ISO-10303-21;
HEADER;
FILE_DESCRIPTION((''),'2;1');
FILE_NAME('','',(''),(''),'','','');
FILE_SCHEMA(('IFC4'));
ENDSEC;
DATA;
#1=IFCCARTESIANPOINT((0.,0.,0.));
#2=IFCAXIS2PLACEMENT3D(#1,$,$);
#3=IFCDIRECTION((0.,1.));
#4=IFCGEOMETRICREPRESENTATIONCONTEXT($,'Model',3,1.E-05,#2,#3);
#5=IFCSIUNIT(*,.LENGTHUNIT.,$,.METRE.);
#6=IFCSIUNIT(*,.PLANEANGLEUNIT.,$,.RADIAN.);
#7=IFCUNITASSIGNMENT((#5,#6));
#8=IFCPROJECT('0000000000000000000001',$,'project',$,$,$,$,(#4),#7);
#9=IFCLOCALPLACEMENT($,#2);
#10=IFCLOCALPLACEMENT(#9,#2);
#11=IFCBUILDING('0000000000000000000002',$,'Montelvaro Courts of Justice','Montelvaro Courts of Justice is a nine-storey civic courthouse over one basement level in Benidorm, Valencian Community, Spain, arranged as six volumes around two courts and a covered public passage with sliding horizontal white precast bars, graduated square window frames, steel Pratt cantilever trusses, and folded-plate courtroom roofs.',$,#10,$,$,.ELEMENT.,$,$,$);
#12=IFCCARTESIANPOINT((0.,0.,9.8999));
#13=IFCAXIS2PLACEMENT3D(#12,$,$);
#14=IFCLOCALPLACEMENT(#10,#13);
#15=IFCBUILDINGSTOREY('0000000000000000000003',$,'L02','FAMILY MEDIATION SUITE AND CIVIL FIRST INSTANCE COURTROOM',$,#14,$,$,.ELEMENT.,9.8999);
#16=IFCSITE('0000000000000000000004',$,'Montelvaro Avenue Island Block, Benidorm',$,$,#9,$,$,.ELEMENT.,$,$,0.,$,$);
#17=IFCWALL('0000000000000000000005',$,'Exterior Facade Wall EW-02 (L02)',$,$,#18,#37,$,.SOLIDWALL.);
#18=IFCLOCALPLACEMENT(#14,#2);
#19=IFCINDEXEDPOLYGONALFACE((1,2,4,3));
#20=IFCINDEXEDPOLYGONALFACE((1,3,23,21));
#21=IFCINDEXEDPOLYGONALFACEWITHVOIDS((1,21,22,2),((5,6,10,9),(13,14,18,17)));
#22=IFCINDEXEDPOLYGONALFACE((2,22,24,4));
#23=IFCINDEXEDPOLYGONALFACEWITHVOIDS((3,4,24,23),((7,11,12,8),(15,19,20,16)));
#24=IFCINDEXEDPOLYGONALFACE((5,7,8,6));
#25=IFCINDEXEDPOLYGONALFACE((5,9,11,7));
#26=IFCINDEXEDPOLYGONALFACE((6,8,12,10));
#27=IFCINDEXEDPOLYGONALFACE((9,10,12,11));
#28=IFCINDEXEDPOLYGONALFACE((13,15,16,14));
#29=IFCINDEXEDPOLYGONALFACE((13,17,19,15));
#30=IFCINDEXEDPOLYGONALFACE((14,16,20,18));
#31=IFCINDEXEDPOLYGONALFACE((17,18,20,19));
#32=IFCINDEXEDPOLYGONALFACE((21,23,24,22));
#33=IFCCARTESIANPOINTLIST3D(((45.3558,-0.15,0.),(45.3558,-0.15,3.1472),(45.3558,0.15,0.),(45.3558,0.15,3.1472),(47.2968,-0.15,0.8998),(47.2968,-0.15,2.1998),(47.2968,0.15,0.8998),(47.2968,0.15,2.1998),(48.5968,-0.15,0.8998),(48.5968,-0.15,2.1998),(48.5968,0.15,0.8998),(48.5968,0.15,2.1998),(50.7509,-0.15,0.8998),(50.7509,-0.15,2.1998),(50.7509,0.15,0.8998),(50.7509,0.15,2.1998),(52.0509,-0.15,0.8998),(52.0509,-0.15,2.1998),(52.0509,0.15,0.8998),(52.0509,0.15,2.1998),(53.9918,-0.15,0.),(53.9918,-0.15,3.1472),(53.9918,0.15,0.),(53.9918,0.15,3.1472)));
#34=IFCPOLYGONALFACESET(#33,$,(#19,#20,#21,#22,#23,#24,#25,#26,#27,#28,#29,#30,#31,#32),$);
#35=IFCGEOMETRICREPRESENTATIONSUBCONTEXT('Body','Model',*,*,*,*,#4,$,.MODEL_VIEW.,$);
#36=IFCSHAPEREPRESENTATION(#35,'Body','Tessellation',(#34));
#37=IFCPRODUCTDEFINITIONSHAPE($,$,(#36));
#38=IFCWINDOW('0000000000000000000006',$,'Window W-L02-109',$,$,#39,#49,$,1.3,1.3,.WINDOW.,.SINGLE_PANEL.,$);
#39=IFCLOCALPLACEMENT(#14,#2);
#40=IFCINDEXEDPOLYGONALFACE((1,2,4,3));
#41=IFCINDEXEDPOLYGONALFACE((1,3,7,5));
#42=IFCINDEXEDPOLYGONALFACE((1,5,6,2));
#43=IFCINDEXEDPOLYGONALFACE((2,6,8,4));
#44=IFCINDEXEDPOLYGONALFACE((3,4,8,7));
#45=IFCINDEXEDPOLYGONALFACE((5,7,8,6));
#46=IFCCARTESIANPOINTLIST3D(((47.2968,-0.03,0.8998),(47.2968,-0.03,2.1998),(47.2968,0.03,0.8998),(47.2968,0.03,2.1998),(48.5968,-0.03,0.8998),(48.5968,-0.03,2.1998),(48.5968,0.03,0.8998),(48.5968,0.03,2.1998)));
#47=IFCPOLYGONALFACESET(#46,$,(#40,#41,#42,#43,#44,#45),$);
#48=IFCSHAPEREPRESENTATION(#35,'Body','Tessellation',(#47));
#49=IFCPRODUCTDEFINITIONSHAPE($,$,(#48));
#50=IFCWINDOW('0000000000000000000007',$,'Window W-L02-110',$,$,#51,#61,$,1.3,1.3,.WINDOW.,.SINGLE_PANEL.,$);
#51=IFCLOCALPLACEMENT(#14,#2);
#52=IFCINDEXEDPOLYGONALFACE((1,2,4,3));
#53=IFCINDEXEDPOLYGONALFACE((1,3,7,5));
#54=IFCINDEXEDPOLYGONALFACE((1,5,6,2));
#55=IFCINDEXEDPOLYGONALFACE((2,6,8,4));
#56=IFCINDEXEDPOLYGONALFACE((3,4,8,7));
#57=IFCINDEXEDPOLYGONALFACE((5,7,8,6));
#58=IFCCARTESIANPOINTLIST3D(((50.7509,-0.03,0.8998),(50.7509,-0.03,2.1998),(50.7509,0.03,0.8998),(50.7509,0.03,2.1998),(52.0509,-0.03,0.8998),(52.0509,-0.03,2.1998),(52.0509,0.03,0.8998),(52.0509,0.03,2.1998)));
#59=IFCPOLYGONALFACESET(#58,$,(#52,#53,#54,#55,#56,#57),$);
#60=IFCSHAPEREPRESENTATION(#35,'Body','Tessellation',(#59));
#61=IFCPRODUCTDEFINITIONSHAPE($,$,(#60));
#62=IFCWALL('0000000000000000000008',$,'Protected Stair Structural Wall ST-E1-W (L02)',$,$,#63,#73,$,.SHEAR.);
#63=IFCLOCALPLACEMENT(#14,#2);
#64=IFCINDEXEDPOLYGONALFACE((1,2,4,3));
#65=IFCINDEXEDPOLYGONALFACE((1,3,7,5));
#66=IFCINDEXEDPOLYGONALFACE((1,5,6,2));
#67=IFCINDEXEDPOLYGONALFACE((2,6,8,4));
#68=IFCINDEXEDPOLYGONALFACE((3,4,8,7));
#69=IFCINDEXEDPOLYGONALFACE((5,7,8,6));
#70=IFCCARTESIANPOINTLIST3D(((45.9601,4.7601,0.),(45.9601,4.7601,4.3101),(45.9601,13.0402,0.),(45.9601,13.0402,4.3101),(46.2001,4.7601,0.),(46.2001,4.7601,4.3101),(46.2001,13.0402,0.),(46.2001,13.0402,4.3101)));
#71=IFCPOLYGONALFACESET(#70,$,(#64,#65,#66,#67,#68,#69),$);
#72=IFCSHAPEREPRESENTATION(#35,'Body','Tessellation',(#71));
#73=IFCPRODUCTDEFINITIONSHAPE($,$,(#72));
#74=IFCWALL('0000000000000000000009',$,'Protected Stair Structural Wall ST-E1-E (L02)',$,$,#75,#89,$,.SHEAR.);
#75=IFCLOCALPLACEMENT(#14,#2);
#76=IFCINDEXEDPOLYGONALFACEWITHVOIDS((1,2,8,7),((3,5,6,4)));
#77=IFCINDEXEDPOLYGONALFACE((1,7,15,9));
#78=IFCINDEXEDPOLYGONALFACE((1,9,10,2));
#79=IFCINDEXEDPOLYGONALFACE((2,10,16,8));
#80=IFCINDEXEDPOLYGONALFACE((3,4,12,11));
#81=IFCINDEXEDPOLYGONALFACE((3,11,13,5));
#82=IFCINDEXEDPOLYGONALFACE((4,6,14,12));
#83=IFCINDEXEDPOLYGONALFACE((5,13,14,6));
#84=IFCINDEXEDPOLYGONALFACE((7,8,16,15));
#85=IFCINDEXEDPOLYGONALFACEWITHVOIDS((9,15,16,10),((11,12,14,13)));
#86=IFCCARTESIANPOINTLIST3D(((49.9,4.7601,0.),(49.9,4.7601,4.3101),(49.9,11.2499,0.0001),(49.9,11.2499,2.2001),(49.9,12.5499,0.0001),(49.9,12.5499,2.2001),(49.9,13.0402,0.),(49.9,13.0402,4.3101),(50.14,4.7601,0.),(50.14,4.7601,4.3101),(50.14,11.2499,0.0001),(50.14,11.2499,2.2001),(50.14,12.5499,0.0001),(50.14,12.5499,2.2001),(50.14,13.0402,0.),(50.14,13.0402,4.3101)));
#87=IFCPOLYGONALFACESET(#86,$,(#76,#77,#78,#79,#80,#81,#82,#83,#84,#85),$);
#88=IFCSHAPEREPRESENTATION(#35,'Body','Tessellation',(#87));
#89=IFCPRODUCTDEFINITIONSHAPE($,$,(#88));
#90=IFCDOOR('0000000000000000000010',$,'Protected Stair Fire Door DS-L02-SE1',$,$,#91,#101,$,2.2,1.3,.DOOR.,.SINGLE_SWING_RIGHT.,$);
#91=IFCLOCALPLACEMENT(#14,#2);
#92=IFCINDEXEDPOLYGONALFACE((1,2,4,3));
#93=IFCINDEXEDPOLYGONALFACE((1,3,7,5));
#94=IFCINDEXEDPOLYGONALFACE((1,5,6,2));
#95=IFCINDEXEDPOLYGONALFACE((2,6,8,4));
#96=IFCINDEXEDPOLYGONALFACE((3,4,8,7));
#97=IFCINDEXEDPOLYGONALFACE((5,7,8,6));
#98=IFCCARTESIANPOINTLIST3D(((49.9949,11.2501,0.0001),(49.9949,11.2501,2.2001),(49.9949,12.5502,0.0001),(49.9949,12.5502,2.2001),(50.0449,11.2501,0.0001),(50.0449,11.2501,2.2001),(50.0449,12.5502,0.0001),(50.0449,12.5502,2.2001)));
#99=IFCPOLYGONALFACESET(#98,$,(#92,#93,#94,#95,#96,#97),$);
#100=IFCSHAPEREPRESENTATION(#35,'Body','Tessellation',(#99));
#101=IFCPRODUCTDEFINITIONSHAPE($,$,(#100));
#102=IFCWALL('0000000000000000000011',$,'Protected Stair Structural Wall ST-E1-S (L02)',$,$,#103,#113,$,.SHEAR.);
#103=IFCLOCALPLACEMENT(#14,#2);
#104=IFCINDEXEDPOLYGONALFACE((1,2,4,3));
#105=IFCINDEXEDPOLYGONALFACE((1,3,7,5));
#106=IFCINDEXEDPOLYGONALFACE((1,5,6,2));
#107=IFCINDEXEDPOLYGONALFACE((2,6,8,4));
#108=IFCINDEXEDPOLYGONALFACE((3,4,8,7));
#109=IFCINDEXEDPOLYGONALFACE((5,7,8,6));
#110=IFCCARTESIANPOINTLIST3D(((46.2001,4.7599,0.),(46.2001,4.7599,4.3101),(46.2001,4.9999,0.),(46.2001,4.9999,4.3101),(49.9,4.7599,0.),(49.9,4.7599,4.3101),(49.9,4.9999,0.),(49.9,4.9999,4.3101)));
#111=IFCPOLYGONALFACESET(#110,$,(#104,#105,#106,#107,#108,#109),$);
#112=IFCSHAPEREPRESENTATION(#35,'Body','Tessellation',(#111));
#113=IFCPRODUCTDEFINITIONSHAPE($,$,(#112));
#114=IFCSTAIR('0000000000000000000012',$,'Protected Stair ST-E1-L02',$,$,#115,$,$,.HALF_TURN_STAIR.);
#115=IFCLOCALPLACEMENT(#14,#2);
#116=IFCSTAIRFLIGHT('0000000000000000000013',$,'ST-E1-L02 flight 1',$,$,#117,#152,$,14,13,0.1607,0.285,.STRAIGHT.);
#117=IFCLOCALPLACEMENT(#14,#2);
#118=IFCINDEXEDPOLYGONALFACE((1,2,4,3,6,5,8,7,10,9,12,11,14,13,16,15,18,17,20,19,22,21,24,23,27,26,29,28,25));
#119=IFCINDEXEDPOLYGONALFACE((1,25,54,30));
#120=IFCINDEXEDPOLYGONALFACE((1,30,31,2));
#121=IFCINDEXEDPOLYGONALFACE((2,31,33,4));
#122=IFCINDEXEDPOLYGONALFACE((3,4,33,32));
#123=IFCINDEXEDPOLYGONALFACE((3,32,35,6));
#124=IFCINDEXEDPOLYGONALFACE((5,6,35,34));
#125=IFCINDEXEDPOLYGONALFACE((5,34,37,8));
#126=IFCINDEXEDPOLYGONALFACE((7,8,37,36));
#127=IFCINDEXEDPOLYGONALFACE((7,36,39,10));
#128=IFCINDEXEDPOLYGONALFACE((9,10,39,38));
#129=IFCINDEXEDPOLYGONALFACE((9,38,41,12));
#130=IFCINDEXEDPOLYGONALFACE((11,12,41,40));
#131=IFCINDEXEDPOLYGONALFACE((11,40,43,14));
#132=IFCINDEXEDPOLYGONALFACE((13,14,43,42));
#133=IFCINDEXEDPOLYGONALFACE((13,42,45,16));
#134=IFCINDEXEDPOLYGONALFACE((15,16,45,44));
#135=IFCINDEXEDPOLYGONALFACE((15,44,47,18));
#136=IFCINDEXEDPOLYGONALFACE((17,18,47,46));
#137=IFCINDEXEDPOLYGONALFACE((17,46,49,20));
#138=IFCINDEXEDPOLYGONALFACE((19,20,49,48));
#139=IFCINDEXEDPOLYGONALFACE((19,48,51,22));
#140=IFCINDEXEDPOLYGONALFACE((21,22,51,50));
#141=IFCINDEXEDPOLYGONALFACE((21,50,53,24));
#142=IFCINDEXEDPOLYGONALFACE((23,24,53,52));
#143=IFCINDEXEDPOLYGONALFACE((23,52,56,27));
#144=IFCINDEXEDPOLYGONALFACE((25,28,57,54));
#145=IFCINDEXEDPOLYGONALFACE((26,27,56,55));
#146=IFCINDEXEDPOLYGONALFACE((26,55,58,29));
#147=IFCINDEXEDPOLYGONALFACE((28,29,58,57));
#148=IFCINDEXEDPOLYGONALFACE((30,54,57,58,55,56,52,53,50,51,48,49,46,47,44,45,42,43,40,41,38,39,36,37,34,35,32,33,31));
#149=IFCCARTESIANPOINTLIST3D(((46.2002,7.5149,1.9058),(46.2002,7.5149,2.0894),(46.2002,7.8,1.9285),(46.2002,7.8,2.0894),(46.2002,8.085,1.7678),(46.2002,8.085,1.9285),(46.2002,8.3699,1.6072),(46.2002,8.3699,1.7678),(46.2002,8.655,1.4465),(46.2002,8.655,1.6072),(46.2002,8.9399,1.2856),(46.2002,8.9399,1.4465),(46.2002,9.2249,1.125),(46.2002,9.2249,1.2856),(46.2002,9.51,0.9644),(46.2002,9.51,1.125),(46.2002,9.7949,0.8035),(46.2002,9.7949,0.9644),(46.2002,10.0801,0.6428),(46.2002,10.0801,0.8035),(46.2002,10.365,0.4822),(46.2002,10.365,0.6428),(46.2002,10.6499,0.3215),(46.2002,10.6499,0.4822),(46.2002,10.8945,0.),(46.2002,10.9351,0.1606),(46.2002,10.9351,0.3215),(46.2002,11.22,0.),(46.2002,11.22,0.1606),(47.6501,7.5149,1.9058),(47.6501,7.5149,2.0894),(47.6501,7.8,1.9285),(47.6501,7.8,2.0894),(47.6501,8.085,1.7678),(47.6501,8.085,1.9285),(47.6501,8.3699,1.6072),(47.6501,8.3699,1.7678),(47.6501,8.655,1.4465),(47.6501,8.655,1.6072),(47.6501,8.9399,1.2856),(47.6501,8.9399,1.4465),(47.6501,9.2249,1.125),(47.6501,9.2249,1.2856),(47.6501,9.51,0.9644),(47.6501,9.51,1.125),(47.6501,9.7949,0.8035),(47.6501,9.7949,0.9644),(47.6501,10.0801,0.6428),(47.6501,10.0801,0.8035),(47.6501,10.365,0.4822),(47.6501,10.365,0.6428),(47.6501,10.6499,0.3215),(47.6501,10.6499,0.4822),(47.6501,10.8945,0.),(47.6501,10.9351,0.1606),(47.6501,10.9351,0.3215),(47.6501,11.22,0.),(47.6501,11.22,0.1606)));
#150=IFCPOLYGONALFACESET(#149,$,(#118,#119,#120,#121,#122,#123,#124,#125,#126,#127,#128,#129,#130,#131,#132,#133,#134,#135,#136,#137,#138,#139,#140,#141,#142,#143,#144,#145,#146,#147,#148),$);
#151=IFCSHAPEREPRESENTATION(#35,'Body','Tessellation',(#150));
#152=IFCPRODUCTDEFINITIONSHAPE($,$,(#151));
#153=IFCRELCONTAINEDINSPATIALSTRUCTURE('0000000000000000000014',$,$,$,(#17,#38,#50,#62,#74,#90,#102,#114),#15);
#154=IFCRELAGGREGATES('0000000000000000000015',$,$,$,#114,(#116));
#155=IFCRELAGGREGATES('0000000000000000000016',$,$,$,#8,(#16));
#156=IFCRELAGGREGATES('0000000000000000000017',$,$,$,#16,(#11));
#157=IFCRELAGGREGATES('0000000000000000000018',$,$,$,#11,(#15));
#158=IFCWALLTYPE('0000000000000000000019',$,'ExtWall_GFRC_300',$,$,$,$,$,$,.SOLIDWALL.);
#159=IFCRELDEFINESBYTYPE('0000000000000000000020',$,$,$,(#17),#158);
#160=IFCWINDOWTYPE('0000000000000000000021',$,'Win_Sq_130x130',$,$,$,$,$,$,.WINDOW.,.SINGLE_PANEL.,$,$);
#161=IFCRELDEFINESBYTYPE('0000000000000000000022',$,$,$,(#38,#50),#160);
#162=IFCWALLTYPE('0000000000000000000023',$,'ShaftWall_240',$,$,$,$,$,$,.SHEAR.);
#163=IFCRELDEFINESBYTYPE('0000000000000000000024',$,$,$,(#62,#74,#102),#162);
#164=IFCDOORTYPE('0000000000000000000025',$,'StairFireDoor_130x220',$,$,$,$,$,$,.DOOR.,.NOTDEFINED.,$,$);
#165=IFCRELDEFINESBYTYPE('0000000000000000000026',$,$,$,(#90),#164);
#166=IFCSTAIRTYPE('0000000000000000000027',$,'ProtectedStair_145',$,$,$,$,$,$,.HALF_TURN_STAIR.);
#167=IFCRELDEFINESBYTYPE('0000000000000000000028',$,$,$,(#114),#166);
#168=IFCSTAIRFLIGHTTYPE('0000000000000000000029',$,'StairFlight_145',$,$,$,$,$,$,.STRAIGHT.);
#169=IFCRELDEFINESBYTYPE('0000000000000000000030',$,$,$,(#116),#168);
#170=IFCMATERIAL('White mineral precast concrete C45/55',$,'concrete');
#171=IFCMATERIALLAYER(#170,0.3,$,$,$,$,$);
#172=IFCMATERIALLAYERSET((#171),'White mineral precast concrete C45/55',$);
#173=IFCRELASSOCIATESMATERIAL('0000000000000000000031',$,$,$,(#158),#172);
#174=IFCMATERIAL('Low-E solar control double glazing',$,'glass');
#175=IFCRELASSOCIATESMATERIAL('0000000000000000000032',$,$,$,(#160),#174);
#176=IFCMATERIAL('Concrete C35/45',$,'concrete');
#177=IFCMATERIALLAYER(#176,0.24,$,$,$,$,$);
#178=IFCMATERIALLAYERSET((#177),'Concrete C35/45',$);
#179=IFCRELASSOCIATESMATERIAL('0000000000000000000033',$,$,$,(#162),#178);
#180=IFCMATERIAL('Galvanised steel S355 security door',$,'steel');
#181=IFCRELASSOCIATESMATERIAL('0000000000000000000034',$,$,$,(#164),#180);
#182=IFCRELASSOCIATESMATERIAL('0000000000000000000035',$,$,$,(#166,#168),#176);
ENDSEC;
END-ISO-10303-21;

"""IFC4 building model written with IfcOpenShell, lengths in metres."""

from ifc_helpers import new_model, si_unit, direction, frame, frame_2d, origin, place, context, subcontext, project, spatial, polyline, rectangle, outline, extrude, material, layer, layer_set, type_object, element, fill, aggregate, save


model = new_model("IFC4")

# Units and contexts
model_context = context("Model", 3, precision=1e-05, world=origin(), true_north=direction((0.0, 1.0)))
body_context = subcontext(model_context, "Body", "Model", "MODEL_VIEW")
ifc_project = project(units=[si_unit("LENGTHUNIT", "METRE"), si_unit("PLANEANGLEUNIT", "RADIAN")], contexts=[model_context])

# Site, building, storey
site_placement = place(None, origin())
site = spatial("IfcSite", under=ifc_project, at=site_placement, Name="Montelvaro Avenue Island Block, Benidorm", CompositionType="ELEMENT", RefElevation=0.0)
building_placement = place(site_placement, origin())
building = spatial("IfcBuilding", under=site, at=building_placement, Name="Montelvaro Courts of Justice", Description="Montelvaro Courts of Justice is a nine-storey civic courthouse over one basement level in Benidorm, Valencian Community, Spain, arranged as six volumes around two courts and a covered public passage with sliding horizontal white precast bars, graduated square window frames, steel Pratt cantilever trusses, and folded-plate courtroom roofs.", CompositionType="ELEMENT")
storey_placement = place(building_placement, frame((0.0, 0.0, 9.8999)))
storey = spatial("IfcBuildingStorey", under=building, at=storey_placement, Name="L02", Description="FAMILY MEDIATION SUITE AND CIVIL FIRST INSTANCE COURTROOM", CompositionType="ELEMENT", Elevation=9.8999)

# Shared definitions
ifc_material_1 = material(Name="White mineral precast concrete C45/55", Category="concrete")

# Wall, openings, windows
ifc_layer_1 = layer(ifc_material_1, 0.3)
ifc_layer_set_1 = layer_set([ifc_layer_1], Name="White mineral precast concrete C45/55")
wall_type_1 = type_object("IfcWallType", Name="ExtWall_GFRC_300", PredefinedType="SOLIDWALL", material=ifc_layer_set_1)
wall_1_placement = place(storey_placement, frame((45.356, 0.0, 0.0), z_axis=(0.0, 0.0, 1.0), x_axis=(1.0, 0.0, 0.0)))
wall_1 = element("IfcWall", 1, at=wall_1_placement, inside=storey, type_object=wall_type_1, Name="Exterior Facade Wall EW-02 (L02)", PredefinedType="SOLIDWALL", context=body_context, shape_type="SweptSolid", body=[
    extrude(rectangle(XDim=8.636, YDim=0.3, at=frame_2d((4.3179, 0.0))), origin(), (0.0, 0.0, 1.0), 3.1472),
])
opening_1_placement = place(wall_1_placement, frame((1.9409, 0.0, 0.8999)))
opening_1 = element("IfcOpeningElement", 2, at=opening_1_placement, cuts=wall_1, PredefinedType="OPENING", context=body_context, shape_type="SweptSolid", body=[
    extrude(rectangle(XDim=1.3, YDim=1.3, at=frame_2d((0.6499, 0.6499))), frame((0.0, 0.165, 0.0), z_axis=(0.0, -1.0, 0.0), x_axis=(1.0, 0.0, 0.0)), (0.0, 0.0, 1.0), 0.3298),
])
opening_2_placement = place(wall_1_placement, frame((5.395, 0.0, 0.8999)))
opening_2 = element("IfcOpeningElement", 3, at=opening_2_placement, cuts=wall_1, PredefinedType="OPENING", context=body_context, shape_type="SweptSolid", body=[
    extrude(rectangle(XDim=1.3, YDim=1.3, at=frame_2d((0.6499, 0.6499))), frame((0.0, 0.165, 0.0), z_axis=(0.0, -1.0, 0.0), x_axis=(1.0, 0.0, 0.0)), (0.0, 0.0, 1.0), 0.3298),
])
ifc_material_2 = material(Name="Low-E solar control double glazing", Category="glass")
window_type = type_object("IfcWindowType", Name="Win_Sq_130x130", PartitioningType="SINGLE_PANEL", PredefinedType="WINDOW", material=ifc_material_2)
window_1_placement = place(opening_1_placement, origin())
window_1 = element("IfcWindow", 4, at=window_1_placement, inside=storey, type_object=window_type, Name="Window W-L02-109", OverallHeight=1.3, OverallWidth=1.3, PartitioningType="SINGLE_PANEL", PredefinedType="WINDOW", context=body_context, shape_type="SweptSolid", body=[
    extrude(rectangle(XDim=1.3, YDim=1.3, at=frame_2d((0.6499, 0.6499))), frame((0.0, 0.03, 0.0), z_axis=(0.0, -1.0, 0.0), x_axis=(1.0, 0.0, 0.0)), (0.0, 0.0, 1.0), 0.0601),
])
fill(opening_1, window_1)
window_2_placement = place(opening_2_placement, origin())
window_2 = element("IfcWindow", 5, at=window_2_placement, inside=storey, type_object=window_type, Name="Window W-L02-110", OverallHeight=1.3, OverallWidth=1.3, PartitioningType="SINGLE_PANEL", PredefinedType="WINDOW", context=body_context, shape_type="SweptSolid", body=[
    extrude(rectangle(XDim=1.3, YDim=1.3, at=frame_2d((0.6499, 0.6499))), frame((0.0, 0.03, 0.0), z_axis=(0.0, -1.0, 0.0), x_axis=(1.0, 0.0, 0.0)), (0.0, 0.0, 1.0), 0.0601),
])
fill(opening_2, window_2)

# Wall
ifc_material_3 = material(Name="Concrete C35/45", Category="concrete")
ifc_layer_2 = layer(ifc_material_3, 0.24)
ifc_layer_set_2 = layer_set([ifc_layer_2], Name="Concrete C35/45")
wall_type_2 = type_object("IfcWallType", Name="ShaftWall_240", PredefinedType="SHEAR", material=ifc_layer_set_2)
wall_2_placement = place(storey_placement, frame((46.0801, 4.76, 0.0), z_axis=(0.0, 0.0, 1.0), x_axis=(0.0, 1.0, 0.0)))
element("IfcWall", 6, at=wall_2_placement, inside=storey, type_object=wall_type_2, Name="Protected Stair Structural Wall ST-E1-W (L02)", PredefinedType="SHEAR", context=body_context, shape_type="SweptSolid", body=[
    extrude(rectangle(XDim=8.28, YDim=0.24, at=frame_2d((4.1401, 0.0))), origin(), (0.0, 0.0, 1.0), 4.3101),
])

# Wall, opening, door
wall_3_placement = place(storey_placement, frame((50.02, 4.76, 0.0), z_axis=(0.0, 0.0, 1.0), x_axis=(0.0, 1.0, 0.0)))
wall_3 = element("IfcWall", 7, at=wall_3_placement, inside=storey, type_object=wall_type_2, Name="Protected Stair Structural Wall ST-E1-E (L02)", PredefinedType="SHEAR", context=body_context, shape_type="SweptSolid", body=[
    extrude(rectangle(XDim=8.28, YDim=0.24, at=frame_2d((4.1401, 0.0))), origin(), (0.0, 0.0, 1.0), 4.3101),
])
opening_3_placement = place(wall_3_placement, frame((6.49, 0.0, 0.0)))
opening_3 = element("IfcOpeningElement", 8, at=opening_3_placement, cuts=wall_3, PredefinedType="OPENING", context=body_context, shape_type="SweptSolid", body=[
    extrude(rectangle(XDim=1.3, YDim=2.2, at=frame_2d((0.6499, 1.1001))), frame((0.0, 0.1348, 0.0), z_axis=(0.0, -1.0, 0.0), x_axis=(1.0, 0.0, 0.0)), (0.0, 0.0, 1.0), 0.2698),
])
ifc_material_4 = material(Name="Galvanised steel S355 security door", Category="steel")
door_type_1 = type_object("IfcDoorType", Name="StairFireDoor_130x220", OperationType="NOTDEFINED", PredefinedType="DOOR", material=ifc_material_4)
door_1_placement = place(opening_3_placement, frame((1.3, 0.0, 0.0), z_axis=(0.0, 0.0, 1.0), x_axis=(-1.0, 0.0, 0.0)))
door_1 = element("IfcDoor", 9, at=door_1_placement, inside=storey, type_object=door_type_1, Name="Protected Stair Fire Door DS-L02-SE1", OperationType="SINGLE_SWING_RIGHT", OverallHeight=2.2, OverallWidth=1.3, PredefinedType="DOOR", context=body_context, shape_type="SweptSolid", body=[
    extrude(rectangle(XDim=1.3, YDim=2.2, at=frame_2d((0.6499, 1.1001))), frame((0.0, 0.0249, 0.0), z_axis=(0.0, -1.0, 0.0), x_axis=(1.0, 0.0, 0.0)), (0.0, 0.0, 1.0), 0.05),
])
fill(opening_3, door_1)

# Wall
wall_4_placement = place(storey_placement, frame((46.2, 4.8799, 0.0), z_axis=(0.0, 0.0, 1.0), x_axis=(1.0, 0.0, 0.0)))
element("IfcWall", 10, at=wall_4_placement, inside=storey, type_object=wall_type_2, Name="Protected Stair Structural Wall ST-E1-S (L02)", PredefinedType="SHEAR", context=body_context, shape_type="SweptSolid", body=[
    extrude(rectangle(XDim=3.7, YDim=0.24, at=frame_2d((1.8501, 0.0))), origin(), (0.0, 0.0, 1.0), 4.3101),
])

# Stair, stair flight
stair_type = type_object("IfcStairType", Name="ProtectedStair_145", PredefinedType="HALF_TURN_STAIR", material=ifc_material_3)
stair_placement = place(storey_placement, origin())
stair = element("IfcStair", 11, at=stair_placement, inside=storey, type_object=stair_type, Name="Protected Stair ST-E1-L02", PredefinedType="HALF_TURN_STAIR")
stair_flight_type = type_object("IfcStairFlightType", Name="StairFlight_145", PredefinedType="STRAIGHT", material=ifc_material_3)
stair_flight_1_placement = place(storey_placement, frame((46.925, 11.22, 0.0), z_axis=(0.0, 0.0, 1.0), x_axis=(0.0, -1.0, 0.0)))
stair_flight_1 = element("IfcStairFlight", 12, at=stair_flight_1_placement, type_object=stair_flight_type, Name="ST-E1-L02 flight 1", NumberOfRisers=14, NumberOfTreads=13, PredefinedType="STRAIGHT", RiserHeight=0.1607, TreadLength=0.285, context=body_context, shape_type="SweptSolid", body=[
    extrude(outline(polyline([(0.0, 0.0), (0.0, 0.1606), (0.2849, 0.1606), (0.2849, 0.3215), (0.5701, 0.3215), (0.5701, 0.4822), (0.855, 0.4822), (0.855, 0.6428), (1.1399, 0.6428), (1.1399, 0.8035), (1.425, 0.8035), (1.425, 0.9644), (1.71, 0.9644), (1.71, 1.125), (1.9951, 1.125), (1.9951, 1.2856), (2.28, 1.2856), (2.28, 1.4465), (2.5649, 1.4465), (2.5649, 1.6072), (2.8501, 1.6072), (2.8501, 1.7678), (3.135, 1.7678), (3.135, 1.9285), (3.4199, 1.9285), (3.4199, 2.0894), (3.7051, 2.0894), (3.7051, 2.25), (3.7051, 1.9058), (0.3254, 0.0), (0.0, 0.0)])), frame((0.0, 0.7251, 0.0), z_axis=(0.0, -1.0, 0.0), x_axis=(1.0, 0.0, 0.0)), (0.0, 0.0, 1.0), 1.45),
])
aggregate(stair, [stair_flight_1])

save(model, "model.ifc")
